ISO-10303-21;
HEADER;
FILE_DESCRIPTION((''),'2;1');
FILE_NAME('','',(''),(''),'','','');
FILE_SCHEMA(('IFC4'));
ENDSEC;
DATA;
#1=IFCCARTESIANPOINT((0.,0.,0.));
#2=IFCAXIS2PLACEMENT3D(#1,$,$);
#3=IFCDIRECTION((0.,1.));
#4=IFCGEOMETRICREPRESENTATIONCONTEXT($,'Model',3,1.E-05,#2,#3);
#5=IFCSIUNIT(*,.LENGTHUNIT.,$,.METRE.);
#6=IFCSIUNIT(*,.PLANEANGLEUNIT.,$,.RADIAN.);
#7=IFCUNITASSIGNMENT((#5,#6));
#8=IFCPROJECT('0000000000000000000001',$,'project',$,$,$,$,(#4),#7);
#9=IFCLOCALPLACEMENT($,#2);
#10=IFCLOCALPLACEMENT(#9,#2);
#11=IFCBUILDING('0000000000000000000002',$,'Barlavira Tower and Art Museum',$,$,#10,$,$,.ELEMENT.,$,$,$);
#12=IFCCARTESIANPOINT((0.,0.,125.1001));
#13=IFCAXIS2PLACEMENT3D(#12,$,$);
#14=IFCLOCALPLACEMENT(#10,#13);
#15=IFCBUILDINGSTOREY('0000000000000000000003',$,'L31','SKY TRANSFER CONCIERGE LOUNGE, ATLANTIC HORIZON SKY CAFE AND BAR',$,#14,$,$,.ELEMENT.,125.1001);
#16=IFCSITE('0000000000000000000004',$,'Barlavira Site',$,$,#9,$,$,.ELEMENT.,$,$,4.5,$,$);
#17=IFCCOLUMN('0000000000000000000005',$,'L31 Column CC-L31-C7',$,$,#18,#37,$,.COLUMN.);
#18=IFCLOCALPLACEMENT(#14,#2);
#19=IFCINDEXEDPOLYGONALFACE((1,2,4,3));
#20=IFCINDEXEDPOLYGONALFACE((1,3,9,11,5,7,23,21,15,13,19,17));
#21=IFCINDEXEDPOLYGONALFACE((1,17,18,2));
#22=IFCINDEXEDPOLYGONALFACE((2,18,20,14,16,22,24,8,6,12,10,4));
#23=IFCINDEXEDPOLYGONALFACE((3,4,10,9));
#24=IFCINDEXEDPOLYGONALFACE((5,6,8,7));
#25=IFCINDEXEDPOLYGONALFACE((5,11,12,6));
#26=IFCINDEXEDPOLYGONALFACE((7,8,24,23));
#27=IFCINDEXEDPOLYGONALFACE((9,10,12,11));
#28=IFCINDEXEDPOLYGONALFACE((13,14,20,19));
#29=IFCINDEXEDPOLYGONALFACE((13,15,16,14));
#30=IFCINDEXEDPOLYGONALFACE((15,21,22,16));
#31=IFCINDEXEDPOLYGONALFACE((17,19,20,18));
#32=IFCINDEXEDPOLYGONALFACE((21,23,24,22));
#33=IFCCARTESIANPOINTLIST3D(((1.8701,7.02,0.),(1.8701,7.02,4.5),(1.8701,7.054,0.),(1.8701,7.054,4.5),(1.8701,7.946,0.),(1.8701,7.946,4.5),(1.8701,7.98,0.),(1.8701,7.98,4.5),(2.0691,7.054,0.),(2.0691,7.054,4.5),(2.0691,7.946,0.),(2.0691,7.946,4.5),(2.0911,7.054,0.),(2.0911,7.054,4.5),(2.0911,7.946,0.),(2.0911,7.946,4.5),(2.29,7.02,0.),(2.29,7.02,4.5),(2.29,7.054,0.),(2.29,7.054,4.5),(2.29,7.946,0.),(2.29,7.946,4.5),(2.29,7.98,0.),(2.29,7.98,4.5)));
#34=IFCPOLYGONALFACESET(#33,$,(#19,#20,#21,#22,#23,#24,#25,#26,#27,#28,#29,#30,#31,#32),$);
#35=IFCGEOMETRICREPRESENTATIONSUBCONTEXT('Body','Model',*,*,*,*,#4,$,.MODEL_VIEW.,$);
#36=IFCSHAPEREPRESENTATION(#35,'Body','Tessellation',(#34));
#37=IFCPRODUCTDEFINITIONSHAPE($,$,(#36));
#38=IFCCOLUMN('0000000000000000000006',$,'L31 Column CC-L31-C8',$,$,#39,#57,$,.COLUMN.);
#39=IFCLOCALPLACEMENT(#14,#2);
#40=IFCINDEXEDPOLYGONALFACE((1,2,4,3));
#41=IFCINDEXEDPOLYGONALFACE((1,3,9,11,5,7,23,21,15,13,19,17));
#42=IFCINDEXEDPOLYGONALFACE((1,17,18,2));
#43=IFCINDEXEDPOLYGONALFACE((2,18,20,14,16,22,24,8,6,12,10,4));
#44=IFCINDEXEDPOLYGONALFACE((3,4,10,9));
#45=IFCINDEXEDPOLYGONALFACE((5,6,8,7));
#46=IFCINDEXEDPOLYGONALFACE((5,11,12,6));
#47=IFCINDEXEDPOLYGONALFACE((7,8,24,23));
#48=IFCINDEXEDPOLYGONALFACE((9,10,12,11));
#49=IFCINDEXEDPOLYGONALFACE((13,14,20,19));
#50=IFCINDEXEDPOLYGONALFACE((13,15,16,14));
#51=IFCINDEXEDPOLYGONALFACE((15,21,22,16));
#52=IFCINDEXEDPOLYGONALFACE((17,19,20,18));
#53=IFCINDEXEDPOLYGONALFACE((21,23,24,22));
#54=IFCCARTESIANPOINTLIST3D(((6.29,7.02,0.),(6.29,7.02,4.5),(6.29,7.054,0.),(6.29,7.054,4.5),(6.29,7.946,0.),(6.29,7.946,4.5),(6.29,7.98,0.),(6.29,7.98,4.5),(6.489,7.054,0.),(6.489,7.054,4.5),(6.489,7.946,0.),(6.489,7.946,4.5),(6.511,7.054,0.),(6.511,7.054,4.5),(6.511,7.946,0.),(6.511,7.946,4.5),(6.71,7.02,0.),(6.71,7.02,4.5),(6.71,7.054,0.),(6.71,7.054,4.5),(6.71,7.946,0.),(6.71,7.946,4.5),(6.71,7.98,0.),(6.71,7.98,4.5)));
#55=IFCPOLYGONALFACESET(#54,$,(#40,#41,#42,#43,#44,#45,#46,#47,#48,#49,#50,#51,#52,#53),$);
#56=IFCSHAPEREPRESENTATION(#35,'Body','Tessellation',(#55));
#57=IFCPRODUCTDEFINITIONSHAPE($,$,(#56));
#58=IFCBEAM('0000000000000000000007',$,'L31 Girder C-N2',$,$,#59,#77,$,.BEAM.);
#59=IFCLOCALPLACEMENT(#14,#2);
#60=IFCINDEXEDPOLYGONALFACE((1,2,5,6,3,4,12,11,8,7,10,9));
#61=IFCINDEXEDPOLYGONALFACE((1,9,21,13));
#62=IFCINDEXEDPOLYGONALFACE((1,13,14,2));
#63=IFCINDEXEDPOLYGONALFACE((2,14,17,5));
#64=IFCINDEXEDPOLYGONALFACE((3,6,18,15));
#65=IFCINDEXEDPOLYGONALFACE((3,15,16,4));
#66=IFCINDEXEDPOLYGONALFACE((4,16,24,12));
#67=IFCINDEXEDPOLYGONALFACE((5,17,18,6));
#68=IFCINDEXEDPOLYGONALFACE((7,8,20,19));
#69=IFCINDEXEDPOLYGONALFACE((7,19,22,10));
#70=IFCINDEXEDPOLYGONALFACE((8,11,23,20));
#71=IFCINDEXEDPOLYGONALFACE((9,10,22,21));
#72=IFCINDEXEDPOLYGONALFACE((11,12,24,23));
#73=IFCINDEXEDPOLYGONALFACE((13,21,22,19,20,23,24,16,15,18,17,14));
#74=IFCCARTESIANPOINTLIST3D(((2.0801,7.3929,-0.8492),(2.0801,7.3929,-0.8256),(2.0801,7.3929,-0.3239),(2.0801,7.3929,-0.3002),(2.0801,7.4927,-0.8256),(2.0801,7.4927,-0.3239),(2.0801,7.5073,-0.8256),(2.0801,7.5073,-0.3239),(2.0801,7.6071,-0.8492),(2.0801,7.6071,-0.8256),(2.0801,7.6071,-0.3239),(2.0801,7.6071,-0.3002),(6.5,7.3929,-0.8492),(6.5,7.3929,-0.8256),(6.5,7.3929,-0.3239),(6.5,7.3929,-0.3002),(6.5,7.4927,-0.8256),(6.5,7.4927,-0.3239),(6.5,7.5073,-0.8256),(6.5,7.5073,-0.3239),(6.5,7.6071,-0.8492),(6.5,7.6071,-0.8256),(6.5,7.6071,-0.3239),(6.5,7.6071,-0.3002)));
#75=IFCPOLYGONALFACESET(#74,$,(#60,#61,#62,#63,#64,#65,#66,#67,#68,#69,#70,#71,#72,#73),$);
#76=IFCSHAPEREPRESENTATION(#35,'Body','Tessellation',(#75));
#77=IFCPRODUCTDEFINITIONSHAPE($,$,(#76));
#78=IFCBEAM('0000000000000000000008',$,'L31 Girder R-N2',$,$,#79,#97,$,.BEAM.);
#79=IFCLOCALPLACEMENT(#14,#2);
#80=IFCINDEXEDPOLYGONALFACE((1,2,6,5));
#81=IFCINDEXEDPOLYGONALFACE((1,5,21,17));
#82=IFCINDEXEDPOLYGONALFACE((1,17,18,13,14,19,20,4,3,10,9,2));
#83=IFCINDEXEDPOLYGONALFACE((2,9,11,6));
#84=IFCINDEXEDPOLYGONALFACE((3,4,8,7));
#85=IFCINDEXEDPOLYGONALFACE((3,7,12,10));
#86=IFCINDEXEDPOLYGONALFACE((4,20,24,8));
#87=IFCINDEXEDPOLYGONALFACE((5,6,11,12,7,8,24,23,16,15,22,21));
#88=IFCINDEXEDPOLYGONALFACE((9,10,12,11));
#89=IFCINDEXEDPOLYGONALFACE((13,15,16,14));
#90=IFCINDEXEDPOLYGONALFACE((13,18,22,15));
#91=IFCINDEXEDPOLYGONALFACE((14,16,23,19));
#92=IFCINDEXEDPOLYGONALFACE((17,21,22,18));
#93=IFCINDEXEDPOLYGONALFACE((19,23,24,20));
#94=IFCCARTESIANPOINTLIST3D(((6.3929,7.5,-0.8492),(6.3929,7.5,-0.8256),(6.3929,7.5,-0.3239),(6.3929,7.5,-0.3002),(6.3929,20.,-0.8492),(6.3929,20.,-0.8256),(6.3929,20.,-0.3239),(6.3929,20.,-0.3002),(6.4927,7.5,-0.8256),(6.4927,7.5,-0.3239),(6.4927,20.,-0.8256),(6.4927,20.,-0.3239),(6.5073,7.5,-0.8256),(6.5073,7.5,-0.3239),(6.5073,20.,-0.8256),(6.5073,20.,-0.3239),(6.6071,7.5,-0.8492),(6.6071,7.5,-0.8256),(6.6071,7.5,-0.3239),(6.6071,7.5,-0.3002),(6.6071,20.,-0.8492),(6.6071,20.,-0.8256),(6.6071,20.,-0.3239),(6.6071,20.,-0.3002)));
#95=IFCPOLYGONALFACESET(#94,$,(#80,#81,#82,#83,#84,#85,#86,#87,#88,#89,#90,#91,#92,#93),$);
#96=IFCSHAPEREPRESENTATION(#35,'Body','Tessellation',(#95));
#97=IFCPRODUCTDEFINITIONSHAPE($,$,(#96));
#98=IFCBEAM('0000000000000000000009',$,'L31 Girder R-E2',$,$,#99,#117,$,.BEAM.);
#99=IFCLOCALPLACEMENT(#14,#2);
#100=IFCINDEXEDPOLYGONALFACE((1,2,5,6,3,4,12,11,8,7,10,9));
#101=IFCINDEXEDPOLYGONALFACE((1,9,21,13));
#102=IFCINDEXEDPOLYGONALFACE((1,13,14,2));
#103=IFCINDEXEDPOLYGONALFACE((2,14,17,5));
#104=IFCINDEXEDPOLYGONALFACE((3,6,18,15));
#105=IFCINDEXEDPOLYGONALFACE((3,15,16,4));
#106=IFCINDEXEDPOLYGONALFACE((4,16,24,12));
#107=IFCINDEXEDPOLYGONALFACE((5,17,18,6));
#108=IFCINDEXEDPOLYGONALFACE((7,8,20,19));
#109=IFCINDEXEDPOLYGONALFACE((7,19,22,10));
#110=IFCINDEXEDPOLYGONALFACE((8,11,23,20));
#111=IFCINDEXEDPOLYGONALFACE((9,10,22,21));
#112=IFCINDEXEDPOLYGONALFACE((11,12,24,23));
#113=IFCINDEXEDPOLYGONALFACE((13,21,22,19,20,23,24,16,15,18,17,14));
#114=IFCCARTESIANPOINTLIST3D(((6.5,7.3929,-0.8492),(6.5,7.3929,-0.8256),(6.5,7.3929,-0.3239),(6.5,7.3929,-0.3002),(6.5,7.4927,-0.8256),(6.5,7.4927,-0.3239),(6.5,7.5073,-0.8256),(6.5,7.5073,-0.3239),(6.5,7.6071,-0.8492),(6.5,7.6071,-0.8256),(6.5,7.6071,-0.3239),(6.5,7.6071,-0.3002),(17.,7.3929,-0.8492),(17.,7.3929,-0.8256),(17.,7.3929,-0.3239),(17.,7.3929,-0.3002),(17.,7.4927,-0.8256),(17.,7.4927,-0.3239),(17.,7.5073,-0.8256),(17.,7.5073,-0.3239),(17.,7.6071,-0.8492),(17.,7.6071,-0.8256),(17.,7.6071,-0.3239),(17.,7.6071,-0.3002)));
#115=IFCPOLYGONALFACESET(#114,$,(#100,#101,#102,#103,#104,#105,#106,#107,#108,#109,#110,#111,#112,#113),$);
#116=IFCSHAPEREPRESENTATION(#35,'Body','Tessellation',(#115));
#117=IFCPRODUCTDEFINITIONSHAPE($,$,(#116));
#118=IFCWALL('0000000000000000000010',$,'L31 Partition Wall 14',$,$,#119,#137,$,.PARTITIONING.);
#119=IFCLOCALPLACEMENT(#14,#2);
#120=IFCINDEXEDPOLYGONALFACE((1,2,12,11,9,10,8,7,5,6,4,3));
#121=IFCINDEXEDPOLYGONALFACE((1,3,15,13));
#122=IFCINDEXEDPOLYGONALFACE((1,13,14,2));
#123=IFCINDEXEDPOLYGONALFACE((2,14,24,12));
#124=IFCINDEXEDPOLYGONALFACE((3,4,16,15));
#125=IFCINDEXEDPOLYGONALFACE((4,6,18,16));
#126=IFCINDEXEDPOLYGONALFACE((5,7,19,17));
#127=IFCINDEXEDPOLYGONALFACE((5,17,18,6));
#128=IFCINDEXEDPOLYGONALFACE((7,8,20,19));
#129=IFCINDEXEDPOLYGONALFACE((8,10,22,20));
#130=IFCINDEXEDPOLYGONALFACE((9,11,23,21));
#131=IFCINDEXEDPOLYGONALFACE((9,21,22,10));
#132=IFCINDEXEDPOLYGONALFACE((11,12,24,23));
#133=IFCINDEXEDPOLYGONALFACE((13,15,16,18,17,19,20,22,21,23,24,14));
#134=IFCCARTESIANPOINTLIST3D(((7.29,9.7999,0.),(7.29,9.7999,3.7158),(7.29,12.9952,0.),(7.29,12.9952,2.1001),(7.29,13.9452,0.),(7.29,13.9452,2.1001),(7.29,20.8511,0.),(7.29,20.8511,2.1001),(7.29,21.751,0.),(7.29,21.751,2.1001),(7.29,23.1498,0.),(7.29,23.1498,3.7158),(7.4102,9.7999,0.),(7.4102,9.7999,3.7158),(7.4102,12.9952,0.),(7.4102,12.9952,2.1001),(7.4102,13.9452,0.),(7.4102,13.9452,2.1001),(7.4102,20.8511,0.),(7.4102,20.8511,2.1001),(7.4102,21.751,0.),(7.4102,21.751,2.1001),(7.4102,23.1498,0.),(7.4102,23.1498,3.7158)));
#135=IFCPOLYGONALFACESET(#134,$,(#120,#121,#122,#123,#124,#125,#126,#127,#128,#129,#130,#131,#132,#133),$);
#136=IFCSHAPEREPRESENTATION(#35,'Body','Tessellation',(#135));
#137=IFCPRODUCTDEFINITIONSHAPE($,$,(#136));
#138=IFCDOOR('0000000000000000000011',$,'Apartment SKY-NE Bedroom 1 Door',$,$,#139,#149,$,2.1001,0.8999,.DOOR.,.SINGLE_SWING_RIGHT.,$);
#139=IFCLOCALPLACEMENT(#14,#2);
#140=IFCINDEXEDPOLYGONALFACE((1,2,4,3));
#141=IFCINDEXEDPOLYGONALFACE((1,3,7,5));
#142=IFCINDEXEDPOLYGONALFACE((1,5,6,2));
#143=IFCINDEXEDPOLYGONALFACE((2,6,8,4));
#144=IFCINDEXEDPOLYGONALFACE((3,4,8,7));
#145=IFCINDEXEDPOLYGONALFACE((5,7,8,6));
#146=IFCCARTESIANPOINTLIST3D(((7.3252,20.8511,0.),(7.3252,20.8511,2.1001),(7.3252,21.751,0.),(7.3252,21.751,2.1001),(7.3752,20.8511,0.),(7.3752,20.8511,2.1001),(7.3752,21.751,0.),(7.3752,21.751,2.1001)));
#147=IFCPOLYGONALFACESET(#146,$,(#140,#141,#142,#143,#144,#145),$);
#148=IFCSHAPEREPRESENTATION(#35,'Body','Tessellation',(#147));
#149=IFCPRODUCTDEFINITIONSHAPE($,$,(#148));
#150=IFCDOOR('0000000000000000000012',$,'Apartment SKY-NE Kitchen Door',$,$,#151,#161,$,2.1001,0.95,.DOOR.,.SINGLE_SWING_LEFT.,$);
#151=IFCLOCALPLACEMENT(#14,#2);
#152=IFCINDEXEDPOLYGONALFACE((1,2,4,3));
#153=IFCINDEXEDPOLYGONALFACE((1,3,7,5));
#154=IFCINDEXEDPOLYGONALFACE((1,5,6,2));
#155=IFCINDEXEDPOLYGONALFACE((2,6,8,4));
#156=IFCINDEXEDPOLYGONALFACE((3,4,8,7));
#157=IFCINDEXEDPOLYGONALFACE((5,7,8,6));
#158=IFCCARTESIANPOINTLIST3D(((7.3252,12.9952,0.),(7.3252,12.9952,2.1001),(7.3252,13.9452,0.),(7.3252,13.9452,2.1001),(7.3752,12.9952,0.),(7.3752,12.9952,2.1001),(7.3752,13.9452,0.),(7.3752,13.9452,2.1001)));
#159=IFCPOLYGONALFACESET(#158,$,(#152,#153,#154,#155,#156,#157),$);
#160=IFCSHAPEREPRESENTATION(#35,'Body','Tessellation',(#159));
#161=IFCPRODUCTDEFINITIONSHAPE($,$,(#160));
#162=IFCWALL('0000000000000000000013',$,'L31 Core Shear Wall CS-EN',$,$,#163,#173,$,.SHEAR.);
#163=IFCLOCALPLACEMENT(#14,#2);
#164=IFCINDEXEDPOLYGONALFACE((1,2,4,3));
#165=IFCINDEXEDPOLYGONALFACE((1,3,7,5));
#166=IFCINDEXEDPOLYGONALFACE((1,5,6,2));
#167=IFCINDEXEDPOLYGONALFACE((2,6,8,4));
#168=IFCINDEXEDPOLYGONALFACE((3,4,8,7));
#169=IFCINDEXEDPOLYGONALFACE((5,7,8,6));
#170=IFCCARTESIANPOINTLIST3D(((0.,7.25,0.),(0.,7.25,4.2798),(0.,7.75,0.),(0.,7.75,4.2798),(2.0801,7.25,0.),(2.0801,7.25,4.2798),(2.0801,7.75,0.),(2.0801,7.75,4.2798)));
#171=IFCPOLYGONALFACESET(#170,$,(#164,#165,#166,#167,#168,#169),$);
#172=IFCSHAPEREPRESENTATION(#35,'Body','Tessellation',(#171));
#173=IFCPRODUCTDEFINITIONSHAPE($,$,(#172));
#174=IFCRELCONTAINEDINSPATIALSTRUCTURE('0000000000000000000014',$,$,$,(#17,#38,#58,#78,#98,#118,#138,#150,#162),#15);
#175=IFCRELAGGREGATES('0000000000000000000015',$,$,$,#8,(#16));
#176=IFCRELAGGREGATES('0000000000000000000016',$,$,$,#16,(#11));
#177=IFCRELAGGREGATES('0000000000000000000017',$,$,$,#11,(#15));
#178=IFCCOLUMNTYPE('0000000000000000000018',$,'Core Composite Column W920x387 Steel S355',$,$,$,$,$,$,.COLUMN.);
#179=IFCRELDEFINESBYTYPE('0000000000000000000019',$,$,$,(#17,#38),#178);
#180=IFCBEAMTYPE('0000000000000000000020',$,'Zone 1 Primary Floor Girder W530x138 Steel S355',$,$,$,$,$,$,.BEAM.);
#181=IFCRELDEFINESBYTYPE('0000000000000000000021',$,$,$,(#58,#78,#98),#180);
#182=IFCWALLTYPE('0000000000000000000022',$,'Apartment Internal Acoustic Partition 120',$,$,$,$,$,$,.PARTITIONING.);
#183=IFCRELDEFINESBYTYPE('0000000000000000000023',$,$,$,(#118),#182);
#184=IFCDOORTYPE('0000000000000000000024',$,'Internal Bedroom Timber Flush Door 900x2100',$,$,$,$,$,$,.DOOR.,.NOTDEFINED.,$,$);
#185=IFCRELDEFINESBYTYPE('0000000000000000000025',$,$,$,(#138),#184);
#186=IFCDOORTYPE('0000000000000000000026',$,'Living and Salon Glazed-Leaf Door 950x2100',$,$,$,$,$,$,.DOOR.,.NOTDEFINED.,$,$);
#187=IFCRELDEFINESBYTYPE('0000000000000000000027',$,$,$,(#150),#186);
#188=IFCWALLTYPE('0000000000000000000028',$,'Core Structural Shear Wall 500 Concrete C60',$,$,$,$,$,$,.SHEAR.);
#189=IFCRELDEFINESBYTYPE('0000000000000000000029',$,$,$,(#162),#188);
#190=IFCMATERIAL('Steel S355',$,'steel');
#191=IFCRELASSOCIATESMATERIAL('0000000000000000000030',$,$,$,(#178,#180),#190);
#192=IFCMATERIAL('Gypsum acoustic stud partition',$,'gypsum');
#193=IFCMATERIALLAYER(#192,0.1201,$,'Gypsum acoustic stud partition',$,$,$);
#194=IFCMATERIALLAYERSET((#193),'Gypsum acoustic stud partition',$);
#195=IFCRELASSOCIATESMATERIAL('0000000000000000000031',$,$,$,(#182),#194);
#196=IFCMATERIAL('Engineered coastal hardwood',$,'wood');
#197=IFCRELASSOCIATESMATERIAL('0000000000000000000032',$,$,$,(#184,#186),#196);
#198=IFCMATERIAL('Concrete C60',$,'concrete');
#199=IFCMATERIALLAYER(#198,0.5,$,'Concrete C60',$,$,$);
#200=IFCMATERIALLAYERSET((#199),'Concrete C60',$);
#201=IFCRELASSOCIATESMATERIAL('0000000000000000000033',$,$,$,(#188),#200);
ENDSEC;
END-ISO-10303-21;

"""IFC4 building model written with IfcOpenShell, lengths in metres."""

from ifc_helpers import new_model, si_unit, direction, frame, frame_2d, origin, origin_2d, place, context, subcontext, project, spatial, rectangle, i_section, extrude, material, layer, layer_set, material_profile, profile_set, type_object, element, fill, save


model = new_model("IFC4")

# Units and contexts
model_context = context("Model", 3, precision=1e-05, world=origin(), true_north=direction((0.0, 1.0)))
body_context = subcontext(model_context, "Body", "Model", "MODEL_VIEW")
ifc_project = project(units=[si_unit("LENGTHUNIT", "METRE"), si_unit("PLANEANGLEUNIT", "RADIAN")], contexts=[model_context])

# Site, building, storey
site_placement = place(None, origin())
site = spatial("IfcSite", under=ifc_project, at=site_placement, Name="Barlavira Site", CompositionType="ELEMENT", RefElevation=4.5)
building_placement = place(site_placement, origin())
building = spatial("IfcBuilding", under=site, at=building_placement, Name="Barlavira Tower and Art Museum", CompositionType="ELEMENT")
storey_placement = place(building_placement, frame((0.0, 0.0, 125.1001)))
storey = spatial("IfcBuildingStorey", under=building, at=storey_placement, Name="L31", Description="SKY TRANSFER CONCIERGE LOUNGE, ATLANTIC HORIZON SKY CAFE AND BAR", CompositionType="ELEMENT", Elevation=125.1001)

# Columns
ifc_material_1 = material(Name="Steel S355", Category="steel")
ifc_material_profile_1 = material_profile(ifc_material_1, i_section(OverallWidth=0.4199, OverallDepth=0.96, WebThickness=0.022, FlangeThickness=0.0339, at=origin_2d()), Name="W920x387.0")
ifc_profile_set_1 = profile_set([ifc_material_profile_1], Name="Steel S355")
column_type = type_object("IfcColumnType", Name="Core Composite Column W920x387 Steel S355", PredefinedType="COLUMN", material=ifc_profile_set_1)
for number, where, z_axis, x_axis, name in (
    (1, (2.0801, 7.5, 0.0), (0.0, 0.0, 1.0), (1.0, 0.0, 0.0), "L31 Column CC-L31-C7"),
    (2, (6.5, 7.5, 0.0), (0.0, 0.0, 1.0), (1.0, 0.0, 0.0), "L31 Column CC-L31-C8"),
):
    element("IfcColumn", number, at=place(storey_placement, frame(where, z_axis=z_axis, x_axis=x_axis)), inside=storey, type_object=column_type, Name=name, PredefinedType="COLUMN", context=body_context, shape_type="SweptSolid", body=[
        extrude(i_section(OverallWidth=0.4199, OverallDepth=0.96, WebThickness=0.022, FlangeThickness=0.0339, at=origin_2d()), origin(), (0.0, 0.0, 1.0), 4.5),
    ])

# Beams
ifc_material_profile_2 = material_profile(ifc_material_1, i_section(OverallWidth=0.2141, OverallDepth=0.5491, WebThickness=0.0146, FlangeThickness=0.0237, at=origin_2d()), Name="W530x138.0")
ifc_profile_set_2 = profile_set([ifc_material_profile_2], Name="Steel S355")
beam_type = type_object("IfcBeamType", Name="Zone 1 Primary Floor Girder W530x138 Steel S355", PredefinedType="BEAM", material=ifc_profile_set_2)
beam_1_placement = place(storey_placement, frame((2.0801, 7.5, -0.5747), z_axis=(1.0, 0.0, 0.0), x_axis=(0.0, 1.0, 0.0)))
element("IfcBeam", 3, at=beam_1_placement, inside=storey, type_object=beam_type, Name="L31 Girder C-N2", PredefinedType="BEAM", context=body_context, shape_type="SweptSolid", body=[
    extrude(i_section(OverallWidth=0.2141, OverallDepth=0.5491, WebThickness=0.0146, FlangeThickness=0.0237, at=origin_2d()), origin(), (0.0, 0.0, 1.0), 4.4199),
])
beam_2_placement = place(storey_placement, frame((6.5, 7.5, -0.5747), z_axis=(0.0, 1.0, 0.0), x_axis=(-1.0, 0.0, 0.0)))
element("IfcBeam", 4, at=beam_2_placement, inside=storey, type_object=beam_type, Name="L31 Girder R-N2", PredefinedType="BEAM", context=body_context, shape_type="SweptSolid", body=[
    extrude(i_section(OverallWidth=0.2141, OverallDepth=0.5491, WebThickness=0.0146, FlangeThickness=0.0237, at=origin_2d()), origin(), (0.0, 0.0, 1.0), 12.5),
])
beam_3_placement = place(storey_placement, frame((6.5, 7.5, -0.5747), z_axis=(1.0, 0.0, 0.0), x_axis=(0.0, 1.0, 0.0)))
element("IfcBeam", 5, at=beam_3_placement, inside=storey, type_object=beam_type, Name="L31 Girder R-E2", PredefinedType="BEAM", context=body_context, shape_type="SweptSolid", body=[
    extrude(i_section(OverallWidth=0.2141, OverallDepth=0.5491, WebThickness=0.0146, FlangeThickness=0.0237, at=origin_2d()), origin(), (0.0, 0.0, 1.0), 10.5),
])

# Wall, openings, doors
ifc_material_2 = material(Name="Gypsum acoustic stud partition", Category="gypsum")
ifc_layer_1 = layer(ifc_material_2, 0.1201, Name="Gypsum acoustic stud partition")
ifc_layer_set_1 = layer_set([ifc_layer_1], Name="Gypsum acoustic stud partition")
wall_type_1 = type_object("IfcWallType", Name="Apartment Internal Acoustic Partition 120", PredefinedType="PARTITIONING", material=ifc_layer_set_1)
wall_1_placement = place(storey_placement, frame((7.3501, 9.8, 0.0), z_axis=(0.0, 0.0, 1.0), x_axis=(0.0, 1.0, 0.0)))
wall_1 = element("IfcWall", 6, at=wall_1_placement, inside=storey, type_object=wall_type_1, Name="L31 Partition Wall 14", PredefinedType="PARTITIONING", context=body_context, shape_type="SweptSolid", body=[
    extrude(rectangle(XDim=13.3499, YDim=0.1201, at=frame_2d((6.6748, 0.0))), origin(), (0.0, 0.0, 1.0), 3.7158),
])
opening_1_placement = place(wall_1_placement, frame((3.1951, 0.0, 0.0)))
opening_1 = element("IfcOpeningElement", 7, at=opening_1_placement, cuts=wall_1, PredefinedType="OPENING", context=body_context, shape_type="SweptSolid", body=[
    extrude(rectangle(XDim=0.95, YDim=2.1001, at=frame_2d((0.4751, 1.05))), frame((0.0, 0.0701, 0.0), z_axis=(0.0, -1.0, 0.0), x_axis=(1.0, 0.0, 0.0)), (0.0, 0.0, 1.0), 0.1401),
])
opening_2_placement = place(wall_1_placement, frame((11.051, 0.0, 0.0)))
opening_2 = element("IfcOpeningElement", 8, at=opening_2_placement, cuts=wall_1, PredefinedType="OPENING", context=body_context, shape_type="SweptSolid", body=[
    extrude(rectangle(XDim=0.8999, YDim=2.1001, at=frame_2d((0.45, 1.05))), frame((0.0, 0.0701, 0.0), z_axis=(0.0, -1.0, 0.0), x_axis=(1.0, 0.0, 0.0)), (0.0, 0.0, 1.0), 0.1401),
])
ifc_material_3 = material(Name="Engineered coastal hardwood", Category="wood")
door_type_1 = type_object("IfcDoorType", Name="Internal Bedroom Timber Flush Door 900x2100", OperationType="NOTDEFINED", PredefinedType="DOOR", material=ifc_material_3)
door_1_placement = place(opening_2_placement, origin())
door_1 = element("IfcDoor", 9, at=door_1_placement, inside=storey, type_object=door_type_1, Name="Apartment SKY-NE Bedroom 1 Door", OperationType="SINGLE_SWING_RIGHT", OverallHeight=2.1001, OverallWidth=0.8999, PredefinedType="DOOR", context=body_context, shape_type="SweptSolid", body=[
    extrude(rectangle(XDim=0.8999, YDim=2.1001, at=frame_2d((0.45, 1.05))), frame((0.0, 0.0249, 0.0), z_axis=(0.0, -1.0, 0.0), x_axis=(1.0, 0.0, 0.0)), (0.0, 0.0, 1.0), 0.05),
])
fill(opening_2, door_1)
door_type_2 = type_object("IfcDoorType", Name="Living and Salon Glazed-Leaf Door 950x2100", OperationType="NOTDEFINED", PredefinedType="DOOR", material=ifc_material_3)
door_2_placement = place(opening_1_placement, origin())
door_2 = element("IfcDoor", 10, at=door_2_placement, inside=storey, type_object=door_type_2, Name="Apartment SKY-NE Kitchen Door", OperationType="SINGLE_SWING_LEFT", OverallHeight=2.1001, OverallWidth=0.95, PredefinedType="DOOR", context=body_context, shape_type="SweptSolid", body=[
    extrude(rectangle(XDim=0.95, YDim=2.1001, at=frame_2d((0.4751, 1.05))), frame((0.0, 0.0249, 0.0), z_axis=(0.0, -1.0, 0.0), x_axis=(1.0, 0.0, 0.0)), (0.0, 0.0, 1.0), 0.05),
])
fill(opening_1, door_2)

# Wall
ifc_material_4 = material(Name="Concrete C60", Category="concrete")
ifc_layer_2 = layer(ifc_material_4, 0.5, Name="Concrete C60")
ifc_layer_set_2 = layer_set([ifc_layer_2], Name="Concrete C60")
wall_type_2 = type_object("IfcWallType", Name="Core Structural Shear Wall 500 Concrete C60", PredefinedType="SHEAR", material=ifc_layer_set_2)
wall_2_placement = place(storey_placement, frame((0.0, 7.5, 0.0), z_axis=(0.0, 0.0, 1.0), x_axis=(1.0, 0.0, 0.0)))
element("IfcWall", 11, at=wall_2_placement, inside=storey, type_object=wall_type_2, Name="L31 Core Shear Wall CS-EN", PredefinedType="SHEAR", context=body_context, shape_type="SweptSolid", body=[
    extrude(rectangle(XDim=2.0801, YDim=0.5, at=frame_2d((1.04, 0.0))), origin(), (0.0, 0.0, 1.0), 4.2798),
])

save(model, "model.ifc")
